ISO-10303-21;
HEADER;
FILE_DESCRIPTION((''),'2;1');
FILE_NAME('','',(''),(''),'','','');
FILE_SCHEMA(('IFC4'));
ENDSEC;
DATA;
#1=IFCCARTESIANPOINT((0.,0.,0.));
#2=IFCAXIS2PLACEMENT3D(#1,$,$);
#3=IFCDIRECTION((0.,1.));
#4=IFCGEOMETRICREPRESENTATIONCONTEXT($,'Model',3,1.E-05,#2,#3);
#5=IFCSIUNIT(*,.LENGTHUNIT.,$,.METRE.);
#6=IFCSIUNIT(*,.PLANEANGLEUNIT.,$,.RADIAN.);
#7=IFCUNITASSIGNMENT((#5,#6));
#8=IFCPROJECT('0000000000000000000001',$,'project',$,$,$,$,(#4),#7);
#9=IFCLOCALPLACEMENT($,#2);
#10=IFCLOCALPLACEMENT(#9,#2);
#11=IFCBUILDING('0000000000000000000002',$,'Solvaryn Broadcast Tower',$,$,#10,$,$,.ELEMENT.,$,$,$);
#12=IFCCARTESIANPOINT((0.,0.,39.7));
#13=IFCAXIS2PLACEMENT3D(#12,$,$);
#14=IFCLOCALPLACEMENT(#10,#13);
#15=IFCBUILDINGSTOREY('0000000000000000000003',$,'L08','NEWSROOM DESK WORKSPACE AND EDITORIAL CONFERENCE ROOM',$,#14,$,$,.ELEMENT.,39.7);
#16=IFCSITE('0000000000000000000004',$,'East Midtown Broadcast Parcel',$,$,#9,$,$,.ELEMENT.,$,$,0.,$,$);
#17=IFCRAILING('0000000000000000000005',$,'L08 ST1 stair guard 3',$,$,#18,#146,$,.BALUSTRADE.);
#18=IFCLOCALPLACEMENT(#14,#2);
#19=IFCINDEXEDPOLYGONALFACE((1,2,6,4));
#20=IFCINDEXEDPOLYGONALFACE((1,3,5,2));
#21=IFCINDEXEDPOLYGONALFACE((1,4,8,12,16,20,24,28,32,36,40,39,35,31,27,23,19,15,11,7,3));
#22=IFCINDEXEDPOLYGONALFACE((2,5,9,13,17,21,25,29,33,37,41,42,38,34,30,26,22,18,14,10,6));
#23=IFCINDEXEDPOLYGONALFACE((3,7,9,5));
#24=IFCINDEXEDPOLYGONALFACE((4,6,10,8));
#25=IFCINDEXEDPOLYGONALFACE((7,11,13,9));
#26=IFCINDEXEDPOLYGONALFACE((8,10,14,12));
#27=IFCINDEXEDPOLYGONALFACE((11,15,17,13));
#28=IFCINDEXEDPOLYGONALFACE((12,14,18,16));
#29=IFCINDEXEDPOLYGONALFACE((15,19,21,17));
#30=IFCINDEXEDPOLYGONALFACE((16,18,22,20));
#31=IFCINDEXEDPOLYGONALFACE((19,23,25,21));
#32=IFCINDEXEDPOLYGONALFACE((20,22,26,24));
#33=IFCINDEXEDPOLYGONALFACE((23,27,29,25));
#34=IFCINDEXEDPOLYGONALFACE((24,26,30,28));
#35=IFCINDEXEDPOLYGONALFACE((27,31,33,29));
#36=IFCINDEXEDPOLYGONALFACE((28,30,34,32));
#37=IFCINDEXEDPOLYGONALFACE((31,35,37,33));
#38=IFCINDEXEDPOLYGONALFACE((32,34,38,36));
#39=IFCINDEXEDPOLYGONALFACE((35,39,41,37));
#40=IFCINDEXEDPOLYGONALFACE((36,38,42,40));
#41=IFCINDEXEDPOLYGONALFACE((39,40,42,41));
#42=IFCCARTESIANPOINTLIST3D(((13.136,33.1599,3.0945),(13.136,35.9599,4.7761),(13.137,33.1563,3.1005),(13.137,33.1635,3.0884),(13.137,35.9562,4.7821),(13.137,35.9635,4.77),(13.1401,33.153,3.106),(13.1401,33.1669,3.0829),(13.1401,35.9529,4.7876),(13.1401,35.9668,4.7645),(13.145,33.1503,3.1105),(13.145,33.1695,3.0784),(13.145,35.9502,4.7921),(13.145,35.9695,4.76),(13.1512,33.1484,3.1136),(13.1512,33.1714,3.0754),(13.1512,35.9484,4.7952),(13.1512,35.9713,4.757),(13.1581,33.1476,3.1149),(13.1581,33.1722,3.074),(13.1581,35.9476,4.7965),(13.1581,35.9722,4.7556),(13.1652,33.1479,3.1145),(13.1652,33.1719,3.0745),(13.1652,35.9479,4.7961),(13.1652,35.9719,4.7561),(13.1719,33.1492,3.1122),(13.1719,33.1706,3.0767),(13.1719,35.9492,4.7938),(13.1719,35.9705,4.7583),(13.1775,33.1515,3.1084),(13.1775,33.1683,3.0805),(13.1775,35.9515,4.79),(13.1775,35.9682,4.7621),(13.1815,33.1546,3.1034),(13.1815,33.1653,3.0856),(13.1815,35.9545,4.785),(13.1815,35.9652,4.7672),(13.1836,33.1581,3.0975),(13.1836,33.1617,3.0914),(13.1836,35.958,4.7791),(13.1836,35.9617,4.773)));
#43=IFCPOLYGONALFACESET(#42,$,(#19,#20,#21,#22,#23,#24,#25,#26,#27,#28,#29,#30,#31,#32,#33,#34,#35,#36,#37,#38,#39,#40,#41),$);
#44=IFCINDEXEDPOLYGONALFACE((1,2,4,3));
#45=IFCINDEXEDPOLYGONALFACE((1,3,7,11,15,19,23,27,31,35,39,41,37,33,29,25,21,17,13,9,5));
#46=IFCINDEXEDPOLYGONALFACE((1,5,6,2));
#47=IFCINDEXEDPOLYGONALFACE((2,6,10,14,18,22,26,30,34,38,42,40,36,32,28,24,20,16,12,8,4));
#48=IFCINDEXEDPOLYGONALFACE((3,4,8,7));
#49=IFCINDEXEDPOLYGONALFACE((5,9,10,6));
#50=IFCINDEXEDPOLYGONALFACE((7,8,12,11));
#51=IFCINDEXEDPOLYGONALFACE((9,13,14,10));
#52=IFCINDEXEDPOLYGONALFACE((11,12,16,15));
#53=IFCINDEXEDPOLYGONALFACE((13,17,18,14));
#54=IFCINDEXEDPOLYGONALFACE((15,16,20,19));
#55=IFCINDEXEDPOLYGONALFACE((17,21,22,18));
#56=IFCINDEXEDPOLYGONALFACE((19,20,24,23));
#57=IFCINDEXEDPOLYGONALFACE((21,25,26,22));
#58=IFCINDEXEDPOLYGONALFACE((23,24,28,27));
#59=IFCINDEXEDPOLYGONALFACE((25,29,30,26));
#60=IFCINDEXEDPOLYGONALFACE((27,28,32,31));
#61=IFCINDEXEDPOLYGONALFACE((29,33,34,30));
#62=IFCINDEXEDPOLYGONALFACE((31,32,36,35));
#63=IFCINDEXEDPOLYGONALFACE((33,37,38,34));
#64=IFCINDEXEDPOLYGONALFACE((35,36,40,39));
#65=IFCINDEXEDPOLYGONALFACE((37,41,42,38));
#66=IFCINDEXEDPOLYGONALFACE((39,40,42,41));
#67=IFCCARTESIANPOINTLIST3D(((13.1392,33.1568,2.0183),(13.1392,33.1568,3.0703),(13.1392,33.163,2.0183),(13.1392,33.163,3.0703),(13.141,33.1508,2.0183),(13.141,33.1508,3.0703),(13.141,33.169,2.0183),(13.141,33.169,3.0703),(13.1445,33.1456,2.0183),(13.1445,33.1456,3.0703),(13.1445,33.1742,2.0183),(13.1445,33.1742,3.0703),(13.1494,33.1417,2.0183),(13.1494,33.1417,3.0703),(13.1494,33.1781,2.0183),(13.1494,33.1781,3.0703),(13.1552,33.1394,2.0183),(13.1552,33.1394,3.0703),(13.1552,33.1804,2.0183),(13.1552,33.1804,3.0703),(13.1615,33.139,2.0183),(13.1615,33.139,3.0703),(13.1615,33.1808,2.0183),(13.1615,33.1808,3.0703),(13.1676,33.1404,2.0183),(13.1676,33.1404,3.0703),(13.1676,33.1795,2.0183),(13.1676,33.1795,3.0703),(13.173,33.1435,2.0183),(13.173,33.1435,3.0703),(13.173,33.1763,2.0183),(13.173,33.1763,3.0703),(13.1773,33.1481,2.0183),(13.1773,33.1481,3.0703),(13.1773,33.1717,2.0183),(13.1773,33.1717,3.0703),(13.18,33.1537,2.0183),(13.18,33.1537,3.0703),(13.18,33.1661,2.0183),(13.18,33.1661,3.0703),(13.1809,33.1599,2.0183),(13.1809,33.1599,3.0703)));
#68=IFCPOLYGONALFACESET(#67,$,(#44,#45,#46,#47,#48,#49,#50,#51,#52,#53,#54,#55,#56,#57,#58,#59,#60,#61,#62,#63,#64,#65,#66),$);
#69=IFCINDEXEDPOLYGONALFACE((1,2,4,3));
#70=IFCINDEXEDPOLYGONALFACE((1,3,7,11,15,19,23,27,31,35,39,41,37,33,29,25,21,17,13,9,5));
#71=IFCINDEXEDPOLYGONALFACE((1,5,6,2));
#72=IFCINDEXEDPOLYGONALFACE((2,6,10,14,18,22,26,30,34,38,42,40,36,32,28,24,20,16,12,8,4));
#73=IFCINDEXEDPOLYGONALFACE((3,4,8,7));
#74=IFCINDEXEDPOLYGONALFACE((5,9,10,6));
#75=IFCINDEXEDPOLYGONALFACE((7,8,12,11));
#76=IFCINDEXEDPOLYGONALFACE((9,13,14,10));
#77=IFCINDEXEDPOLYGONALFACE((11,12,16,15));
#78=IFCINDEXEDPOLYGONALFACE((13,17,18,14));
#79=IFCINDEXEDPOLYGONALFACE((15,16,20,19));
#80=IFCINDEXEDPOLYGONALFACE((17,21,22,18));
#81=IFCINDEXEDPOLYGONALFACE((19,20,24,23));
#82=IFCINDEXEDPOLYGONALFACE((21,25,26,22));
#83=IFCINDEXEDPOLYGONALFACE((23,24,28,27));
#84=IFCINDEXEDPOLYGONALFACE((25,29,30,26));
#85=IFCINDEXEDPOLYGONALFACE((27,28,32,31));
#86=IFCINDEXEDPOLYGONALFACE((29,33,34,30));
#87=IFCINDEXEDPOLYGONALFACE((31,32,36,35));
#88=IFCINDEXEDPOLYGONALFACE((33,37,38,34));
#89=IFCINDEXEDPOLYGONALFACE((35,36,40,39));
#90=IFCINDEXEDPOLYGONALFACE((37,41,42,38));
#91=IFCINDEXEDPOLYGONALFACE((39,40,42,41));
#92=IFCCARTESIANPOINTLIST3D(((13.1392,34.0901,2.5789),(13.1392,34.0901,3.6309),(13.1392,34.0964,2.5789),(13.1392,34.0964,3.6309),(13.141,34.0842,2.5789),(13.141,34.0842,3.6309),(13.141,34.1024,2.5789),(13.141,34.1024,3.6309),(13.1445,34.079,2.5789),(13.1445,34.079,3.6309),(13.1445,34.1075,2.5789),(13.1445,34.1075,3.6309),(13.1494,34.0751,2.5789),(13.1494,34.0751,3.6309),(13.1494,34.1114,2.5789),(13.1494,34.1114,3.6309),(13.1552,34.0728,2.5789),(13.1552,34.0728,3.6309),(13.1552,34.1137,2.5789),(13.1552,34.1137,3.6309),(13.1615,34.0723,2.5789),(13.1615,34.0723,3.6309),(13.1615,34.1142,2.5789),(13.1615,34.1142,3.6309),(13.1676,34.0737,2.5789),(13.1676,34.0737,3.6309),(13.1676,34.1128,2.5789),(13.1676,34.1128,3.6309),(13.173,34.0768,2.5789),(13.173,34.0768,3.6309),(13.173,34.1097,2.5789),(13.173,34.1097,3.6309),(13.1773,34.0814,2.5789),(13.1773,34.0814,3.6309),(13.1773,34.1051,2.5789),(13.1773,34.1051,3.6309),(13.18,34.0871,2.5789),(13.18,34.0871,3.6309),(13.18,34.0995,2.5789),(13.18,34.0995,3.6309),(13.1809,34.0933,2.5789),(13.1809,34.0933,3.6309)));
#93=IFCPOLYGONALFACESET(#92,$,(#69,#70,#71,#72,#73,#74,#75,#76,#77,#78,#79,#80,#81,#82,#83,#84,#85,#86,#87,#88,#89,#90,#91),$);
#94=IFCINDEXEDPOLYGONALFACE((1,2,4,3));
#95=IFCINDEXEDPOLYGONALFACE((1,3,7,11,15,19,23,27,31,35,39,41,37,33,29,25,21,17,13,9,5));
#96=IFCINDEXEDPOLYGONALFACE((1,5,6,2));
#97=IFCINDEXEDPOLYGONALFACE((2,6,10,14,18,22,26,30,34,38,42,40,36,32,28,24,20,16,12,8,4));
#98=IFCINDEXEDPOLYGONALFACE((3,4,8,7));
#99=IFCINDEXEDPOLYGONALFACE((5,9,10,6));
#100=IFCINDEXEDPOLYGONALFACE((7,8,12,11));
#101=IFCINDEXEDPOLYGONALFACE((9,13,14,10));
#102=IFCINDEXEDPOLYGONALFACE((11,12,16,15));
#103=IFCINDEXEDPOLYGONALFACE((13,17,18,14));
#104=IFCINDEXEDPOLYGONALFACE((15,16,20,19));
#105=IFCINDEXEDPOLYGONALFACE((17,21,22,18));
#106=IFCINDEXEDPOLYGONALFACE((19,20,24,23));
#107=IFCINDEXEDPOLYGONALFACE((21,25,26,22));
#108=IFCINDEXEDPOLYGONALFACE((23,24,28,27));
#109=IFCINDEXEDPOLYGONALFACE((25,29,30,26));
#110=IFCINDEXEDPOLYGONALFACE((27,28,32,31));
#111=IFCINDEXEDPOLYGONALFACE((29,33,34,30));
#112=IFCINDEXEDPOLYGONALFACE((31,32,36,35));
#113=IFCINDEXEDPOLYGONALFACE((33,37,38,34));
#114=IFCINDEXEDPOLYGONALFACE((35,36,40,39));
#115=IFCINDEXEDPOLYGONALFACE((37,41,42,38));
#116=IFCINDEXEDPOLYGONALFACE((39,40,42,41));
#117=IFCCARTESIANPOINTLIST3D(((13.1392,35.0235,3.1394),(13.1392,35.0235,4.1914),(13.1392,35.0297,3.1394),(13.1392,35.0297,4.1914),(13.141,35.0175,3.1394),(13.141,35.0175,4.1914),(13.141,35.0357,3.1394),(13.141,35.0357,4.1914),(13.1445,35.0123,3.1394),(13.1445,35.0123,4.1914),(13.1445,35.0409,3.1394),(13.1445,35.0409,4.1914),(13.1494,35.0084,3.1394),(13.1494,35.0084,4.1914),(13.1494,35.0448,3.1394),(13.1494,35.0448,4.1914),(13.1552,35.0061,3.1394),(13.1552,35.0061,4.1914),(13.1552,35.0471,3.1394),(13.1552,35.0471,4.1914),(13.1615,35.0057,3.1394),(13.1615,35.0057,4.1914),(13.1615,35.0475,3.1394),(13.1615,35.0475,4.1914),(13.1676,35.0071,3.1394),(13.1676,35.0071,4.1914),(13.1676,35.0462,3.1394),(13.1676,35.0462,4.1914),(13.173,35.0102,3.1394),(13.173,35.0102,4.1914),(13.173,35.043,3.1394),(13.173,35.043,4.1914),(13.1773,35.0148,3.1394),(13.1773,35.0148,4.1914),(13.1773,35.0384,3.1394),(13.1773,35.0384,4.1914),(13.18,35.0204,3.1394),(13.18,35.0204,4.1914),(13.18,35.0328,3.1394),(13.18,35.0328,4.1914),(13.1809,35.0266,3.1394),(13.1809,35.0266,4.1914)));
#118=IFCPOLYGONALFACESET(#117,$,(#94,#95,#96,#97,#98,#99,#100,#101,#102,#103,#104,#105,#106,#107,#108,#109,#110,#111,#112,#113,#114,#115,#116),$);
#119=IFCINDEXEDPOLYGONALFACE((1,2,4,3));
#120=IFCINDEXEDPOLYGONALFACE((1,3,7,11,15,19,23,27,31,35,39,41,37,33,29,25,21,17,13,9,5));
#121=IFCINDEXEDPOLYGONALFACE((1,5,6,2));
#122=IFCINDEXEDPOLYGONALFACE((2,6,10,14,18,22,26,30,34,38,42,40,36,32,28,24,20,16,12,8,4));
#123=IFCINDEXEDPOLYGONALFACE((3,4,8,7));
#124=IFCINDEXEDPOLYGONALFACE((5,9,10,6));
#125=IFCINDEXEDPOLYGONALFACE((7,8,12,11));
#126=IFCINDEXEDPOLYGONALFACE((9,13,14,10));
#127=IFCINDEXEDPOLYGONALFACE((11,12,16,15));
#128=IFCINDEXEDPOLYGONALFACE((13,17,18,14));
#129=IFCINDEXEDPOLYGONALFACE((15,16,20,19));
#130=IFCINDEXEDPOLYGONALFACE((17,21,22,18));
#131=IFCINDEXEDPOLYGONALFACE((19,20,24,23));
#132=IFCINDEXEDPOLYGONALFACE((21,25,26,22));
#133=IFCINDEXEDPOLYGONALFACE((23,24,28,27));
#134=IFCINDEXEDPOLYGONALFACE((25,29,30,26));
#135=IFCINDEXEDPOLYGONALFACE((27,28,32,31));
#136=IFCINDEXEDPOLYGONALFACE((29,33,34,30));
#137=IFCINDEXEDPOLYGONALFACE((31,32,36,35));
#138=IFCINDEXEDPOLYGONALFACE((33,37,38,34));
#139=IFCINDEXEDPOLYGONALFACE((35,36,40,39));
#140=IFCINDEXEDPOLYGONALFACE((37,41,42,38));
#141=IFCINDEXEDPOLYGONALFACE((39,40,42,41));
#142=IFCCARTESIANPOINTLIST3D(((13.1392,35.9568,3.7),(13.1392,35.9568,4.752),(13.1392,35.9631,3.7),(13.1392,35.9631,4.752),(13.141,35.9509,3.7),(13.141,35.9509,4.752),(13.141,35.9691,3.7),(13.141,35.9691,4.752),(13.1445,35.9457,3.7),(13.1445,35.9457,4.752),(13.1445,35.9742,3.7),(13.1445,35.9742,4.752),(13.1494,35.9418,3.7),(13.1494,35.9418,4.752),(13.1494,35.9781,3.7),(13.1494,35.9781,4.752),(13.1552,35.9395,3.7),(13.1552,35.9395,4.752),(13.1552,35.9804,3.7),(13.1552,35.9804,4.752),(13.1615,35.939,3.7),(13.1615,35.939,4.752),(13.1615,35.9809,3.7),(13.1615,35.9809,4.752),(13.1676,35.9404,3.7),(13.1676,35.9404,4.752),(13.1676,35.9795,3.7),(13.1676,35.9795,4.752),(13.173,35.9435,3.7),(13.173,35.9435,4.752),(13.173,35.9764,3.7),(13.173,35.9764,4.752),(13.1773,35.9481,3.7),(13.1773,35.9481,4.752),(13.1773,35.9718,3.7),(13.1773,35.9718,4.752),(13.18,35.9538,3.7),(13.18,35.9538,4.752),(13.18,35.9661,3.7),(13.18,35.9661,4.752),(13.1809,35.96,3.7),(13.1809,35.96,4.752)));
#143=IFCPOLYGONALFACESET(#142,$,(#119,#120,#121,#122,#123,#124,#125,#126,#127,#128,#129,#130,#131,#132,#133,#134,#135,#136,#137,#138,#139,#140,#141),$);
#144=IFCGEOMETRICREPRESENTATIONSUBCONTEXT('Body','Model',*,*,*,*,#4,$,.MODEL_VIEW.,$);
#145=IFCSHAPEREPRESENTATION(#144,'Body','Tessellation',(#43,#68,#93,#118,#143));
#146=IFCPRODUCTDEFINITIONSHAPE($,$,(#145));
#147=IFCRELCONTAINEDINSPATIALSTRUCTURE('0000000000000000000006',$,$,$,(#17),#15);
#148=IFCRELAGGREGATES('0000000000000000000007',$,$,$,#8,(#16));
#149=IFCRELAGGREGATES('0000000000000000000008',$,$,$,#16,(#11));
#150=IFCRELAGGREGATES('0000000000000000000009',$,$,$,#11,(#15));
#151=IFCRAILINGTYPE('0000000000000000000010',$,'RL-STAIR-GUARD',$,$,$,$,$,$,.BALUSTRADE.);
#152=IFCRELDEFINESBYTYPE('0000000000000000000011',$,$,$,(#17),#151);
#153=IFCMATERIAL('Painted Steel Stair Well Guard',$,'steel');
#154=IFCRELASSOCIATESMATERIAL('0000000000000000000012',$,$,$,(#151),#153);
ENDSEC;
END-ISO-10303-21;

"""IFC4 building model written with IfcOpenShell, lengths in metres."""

from ifc_helpers import new_model, si_unit, direction, frame, origin, origin_2d, place, context, subcontext, project, spatial, circle, extrude, material, type_object, element, save


model = new_model("IFC4")

# Units and contexts
model_context = context("Model", 3, precision=1e-05, world=origin(), true_north=direction((0.0, 1.0)))
body_context = subcontext(model_context, "Body", "Model", "MODEL_VIEW")
ifc_project = project(units=[si_unit("LENGTHUNIT", "METRE"), si_unit("PLANEANGLEUNIT", "RADIAN")], contexts=[model_context])

# Site, building, storey
site_placement = place(None, origin())
site = spatial("IfcSite", under=ifc_project, at=site_placement, Name="East Midtown Broadcast Parcel", CompositionType="ELEMENT", RefElevation=0.0)
building_placement = place(site_placement, origin())
building = spatial("IfcBuilding", under=site, at=building_placement, Name="Solvaryn Broadcast Tower", CompositionType="ELEMENT")
storey_placement = place(building_placement, frame((0.0, 0.0, 39.7)))
storey = spatial("IfcBuildingStorey", under=building, at=storey_placement, Name="L08", Description="NEWSROOM DESK WORKSPACE AND EDITORIAL CONFERENCE ROOM", CompositionType="ELEMENT", Elevation=39.7)

# Railing
ifc_material_1 = material(Name="Painted Steel Stair Well Guard", Category="steel")
railing_type_1 = type_object("IfcRailingType", Name="RL-STAIR-GUARD", PredefinedType="BALUSTRADE", material=ifc_material_1)
railing_1_placement = place(storey_placement, frame((13.1599, 33.1599, 2.0183)))
element("IfcRailing", 1, at=railing_1_placement, inside=storey, type_object=railing_type_1, Name="L08 ST1 stair guard 3", PredefinedType="BALUSTRADE", context=body_context, shape_type="SweptSolid", body=[
    extrude(circle(Radius=0.0239, at=origin_2d()), frame((0.0, 0.0, 1.0762), z_axis=(0.0, 0.857275, 0.514858), x_axis=(-1.0, 0.0, 0.0)), (0.0, 0.0, 1.0), 3.2661),
    extrude(circle(Radius=0.021, at=origin_2d()), origin(), (0.0, 0.0, 1.0), 1.052),
    extrude(circle(Radius=0.021, at=origin_2d()), frame((0.0, 0.9333, 0.5605)), (0.0, 0.0, 1.0), 1.052),
    extrude(circle(Radius=0.021, at=origin_2d()), frame((0.0, 1.8667, 1.1211)), (0.0, 0.0, 1.0), 1.052),
    extrude(circle(Radius=0.021, at=origin_2d()), frame((0.0, 2.8, 1.6816)), (0.0, 0.0, 1.0), 1.052),
])

save(model, "model.ifc")
